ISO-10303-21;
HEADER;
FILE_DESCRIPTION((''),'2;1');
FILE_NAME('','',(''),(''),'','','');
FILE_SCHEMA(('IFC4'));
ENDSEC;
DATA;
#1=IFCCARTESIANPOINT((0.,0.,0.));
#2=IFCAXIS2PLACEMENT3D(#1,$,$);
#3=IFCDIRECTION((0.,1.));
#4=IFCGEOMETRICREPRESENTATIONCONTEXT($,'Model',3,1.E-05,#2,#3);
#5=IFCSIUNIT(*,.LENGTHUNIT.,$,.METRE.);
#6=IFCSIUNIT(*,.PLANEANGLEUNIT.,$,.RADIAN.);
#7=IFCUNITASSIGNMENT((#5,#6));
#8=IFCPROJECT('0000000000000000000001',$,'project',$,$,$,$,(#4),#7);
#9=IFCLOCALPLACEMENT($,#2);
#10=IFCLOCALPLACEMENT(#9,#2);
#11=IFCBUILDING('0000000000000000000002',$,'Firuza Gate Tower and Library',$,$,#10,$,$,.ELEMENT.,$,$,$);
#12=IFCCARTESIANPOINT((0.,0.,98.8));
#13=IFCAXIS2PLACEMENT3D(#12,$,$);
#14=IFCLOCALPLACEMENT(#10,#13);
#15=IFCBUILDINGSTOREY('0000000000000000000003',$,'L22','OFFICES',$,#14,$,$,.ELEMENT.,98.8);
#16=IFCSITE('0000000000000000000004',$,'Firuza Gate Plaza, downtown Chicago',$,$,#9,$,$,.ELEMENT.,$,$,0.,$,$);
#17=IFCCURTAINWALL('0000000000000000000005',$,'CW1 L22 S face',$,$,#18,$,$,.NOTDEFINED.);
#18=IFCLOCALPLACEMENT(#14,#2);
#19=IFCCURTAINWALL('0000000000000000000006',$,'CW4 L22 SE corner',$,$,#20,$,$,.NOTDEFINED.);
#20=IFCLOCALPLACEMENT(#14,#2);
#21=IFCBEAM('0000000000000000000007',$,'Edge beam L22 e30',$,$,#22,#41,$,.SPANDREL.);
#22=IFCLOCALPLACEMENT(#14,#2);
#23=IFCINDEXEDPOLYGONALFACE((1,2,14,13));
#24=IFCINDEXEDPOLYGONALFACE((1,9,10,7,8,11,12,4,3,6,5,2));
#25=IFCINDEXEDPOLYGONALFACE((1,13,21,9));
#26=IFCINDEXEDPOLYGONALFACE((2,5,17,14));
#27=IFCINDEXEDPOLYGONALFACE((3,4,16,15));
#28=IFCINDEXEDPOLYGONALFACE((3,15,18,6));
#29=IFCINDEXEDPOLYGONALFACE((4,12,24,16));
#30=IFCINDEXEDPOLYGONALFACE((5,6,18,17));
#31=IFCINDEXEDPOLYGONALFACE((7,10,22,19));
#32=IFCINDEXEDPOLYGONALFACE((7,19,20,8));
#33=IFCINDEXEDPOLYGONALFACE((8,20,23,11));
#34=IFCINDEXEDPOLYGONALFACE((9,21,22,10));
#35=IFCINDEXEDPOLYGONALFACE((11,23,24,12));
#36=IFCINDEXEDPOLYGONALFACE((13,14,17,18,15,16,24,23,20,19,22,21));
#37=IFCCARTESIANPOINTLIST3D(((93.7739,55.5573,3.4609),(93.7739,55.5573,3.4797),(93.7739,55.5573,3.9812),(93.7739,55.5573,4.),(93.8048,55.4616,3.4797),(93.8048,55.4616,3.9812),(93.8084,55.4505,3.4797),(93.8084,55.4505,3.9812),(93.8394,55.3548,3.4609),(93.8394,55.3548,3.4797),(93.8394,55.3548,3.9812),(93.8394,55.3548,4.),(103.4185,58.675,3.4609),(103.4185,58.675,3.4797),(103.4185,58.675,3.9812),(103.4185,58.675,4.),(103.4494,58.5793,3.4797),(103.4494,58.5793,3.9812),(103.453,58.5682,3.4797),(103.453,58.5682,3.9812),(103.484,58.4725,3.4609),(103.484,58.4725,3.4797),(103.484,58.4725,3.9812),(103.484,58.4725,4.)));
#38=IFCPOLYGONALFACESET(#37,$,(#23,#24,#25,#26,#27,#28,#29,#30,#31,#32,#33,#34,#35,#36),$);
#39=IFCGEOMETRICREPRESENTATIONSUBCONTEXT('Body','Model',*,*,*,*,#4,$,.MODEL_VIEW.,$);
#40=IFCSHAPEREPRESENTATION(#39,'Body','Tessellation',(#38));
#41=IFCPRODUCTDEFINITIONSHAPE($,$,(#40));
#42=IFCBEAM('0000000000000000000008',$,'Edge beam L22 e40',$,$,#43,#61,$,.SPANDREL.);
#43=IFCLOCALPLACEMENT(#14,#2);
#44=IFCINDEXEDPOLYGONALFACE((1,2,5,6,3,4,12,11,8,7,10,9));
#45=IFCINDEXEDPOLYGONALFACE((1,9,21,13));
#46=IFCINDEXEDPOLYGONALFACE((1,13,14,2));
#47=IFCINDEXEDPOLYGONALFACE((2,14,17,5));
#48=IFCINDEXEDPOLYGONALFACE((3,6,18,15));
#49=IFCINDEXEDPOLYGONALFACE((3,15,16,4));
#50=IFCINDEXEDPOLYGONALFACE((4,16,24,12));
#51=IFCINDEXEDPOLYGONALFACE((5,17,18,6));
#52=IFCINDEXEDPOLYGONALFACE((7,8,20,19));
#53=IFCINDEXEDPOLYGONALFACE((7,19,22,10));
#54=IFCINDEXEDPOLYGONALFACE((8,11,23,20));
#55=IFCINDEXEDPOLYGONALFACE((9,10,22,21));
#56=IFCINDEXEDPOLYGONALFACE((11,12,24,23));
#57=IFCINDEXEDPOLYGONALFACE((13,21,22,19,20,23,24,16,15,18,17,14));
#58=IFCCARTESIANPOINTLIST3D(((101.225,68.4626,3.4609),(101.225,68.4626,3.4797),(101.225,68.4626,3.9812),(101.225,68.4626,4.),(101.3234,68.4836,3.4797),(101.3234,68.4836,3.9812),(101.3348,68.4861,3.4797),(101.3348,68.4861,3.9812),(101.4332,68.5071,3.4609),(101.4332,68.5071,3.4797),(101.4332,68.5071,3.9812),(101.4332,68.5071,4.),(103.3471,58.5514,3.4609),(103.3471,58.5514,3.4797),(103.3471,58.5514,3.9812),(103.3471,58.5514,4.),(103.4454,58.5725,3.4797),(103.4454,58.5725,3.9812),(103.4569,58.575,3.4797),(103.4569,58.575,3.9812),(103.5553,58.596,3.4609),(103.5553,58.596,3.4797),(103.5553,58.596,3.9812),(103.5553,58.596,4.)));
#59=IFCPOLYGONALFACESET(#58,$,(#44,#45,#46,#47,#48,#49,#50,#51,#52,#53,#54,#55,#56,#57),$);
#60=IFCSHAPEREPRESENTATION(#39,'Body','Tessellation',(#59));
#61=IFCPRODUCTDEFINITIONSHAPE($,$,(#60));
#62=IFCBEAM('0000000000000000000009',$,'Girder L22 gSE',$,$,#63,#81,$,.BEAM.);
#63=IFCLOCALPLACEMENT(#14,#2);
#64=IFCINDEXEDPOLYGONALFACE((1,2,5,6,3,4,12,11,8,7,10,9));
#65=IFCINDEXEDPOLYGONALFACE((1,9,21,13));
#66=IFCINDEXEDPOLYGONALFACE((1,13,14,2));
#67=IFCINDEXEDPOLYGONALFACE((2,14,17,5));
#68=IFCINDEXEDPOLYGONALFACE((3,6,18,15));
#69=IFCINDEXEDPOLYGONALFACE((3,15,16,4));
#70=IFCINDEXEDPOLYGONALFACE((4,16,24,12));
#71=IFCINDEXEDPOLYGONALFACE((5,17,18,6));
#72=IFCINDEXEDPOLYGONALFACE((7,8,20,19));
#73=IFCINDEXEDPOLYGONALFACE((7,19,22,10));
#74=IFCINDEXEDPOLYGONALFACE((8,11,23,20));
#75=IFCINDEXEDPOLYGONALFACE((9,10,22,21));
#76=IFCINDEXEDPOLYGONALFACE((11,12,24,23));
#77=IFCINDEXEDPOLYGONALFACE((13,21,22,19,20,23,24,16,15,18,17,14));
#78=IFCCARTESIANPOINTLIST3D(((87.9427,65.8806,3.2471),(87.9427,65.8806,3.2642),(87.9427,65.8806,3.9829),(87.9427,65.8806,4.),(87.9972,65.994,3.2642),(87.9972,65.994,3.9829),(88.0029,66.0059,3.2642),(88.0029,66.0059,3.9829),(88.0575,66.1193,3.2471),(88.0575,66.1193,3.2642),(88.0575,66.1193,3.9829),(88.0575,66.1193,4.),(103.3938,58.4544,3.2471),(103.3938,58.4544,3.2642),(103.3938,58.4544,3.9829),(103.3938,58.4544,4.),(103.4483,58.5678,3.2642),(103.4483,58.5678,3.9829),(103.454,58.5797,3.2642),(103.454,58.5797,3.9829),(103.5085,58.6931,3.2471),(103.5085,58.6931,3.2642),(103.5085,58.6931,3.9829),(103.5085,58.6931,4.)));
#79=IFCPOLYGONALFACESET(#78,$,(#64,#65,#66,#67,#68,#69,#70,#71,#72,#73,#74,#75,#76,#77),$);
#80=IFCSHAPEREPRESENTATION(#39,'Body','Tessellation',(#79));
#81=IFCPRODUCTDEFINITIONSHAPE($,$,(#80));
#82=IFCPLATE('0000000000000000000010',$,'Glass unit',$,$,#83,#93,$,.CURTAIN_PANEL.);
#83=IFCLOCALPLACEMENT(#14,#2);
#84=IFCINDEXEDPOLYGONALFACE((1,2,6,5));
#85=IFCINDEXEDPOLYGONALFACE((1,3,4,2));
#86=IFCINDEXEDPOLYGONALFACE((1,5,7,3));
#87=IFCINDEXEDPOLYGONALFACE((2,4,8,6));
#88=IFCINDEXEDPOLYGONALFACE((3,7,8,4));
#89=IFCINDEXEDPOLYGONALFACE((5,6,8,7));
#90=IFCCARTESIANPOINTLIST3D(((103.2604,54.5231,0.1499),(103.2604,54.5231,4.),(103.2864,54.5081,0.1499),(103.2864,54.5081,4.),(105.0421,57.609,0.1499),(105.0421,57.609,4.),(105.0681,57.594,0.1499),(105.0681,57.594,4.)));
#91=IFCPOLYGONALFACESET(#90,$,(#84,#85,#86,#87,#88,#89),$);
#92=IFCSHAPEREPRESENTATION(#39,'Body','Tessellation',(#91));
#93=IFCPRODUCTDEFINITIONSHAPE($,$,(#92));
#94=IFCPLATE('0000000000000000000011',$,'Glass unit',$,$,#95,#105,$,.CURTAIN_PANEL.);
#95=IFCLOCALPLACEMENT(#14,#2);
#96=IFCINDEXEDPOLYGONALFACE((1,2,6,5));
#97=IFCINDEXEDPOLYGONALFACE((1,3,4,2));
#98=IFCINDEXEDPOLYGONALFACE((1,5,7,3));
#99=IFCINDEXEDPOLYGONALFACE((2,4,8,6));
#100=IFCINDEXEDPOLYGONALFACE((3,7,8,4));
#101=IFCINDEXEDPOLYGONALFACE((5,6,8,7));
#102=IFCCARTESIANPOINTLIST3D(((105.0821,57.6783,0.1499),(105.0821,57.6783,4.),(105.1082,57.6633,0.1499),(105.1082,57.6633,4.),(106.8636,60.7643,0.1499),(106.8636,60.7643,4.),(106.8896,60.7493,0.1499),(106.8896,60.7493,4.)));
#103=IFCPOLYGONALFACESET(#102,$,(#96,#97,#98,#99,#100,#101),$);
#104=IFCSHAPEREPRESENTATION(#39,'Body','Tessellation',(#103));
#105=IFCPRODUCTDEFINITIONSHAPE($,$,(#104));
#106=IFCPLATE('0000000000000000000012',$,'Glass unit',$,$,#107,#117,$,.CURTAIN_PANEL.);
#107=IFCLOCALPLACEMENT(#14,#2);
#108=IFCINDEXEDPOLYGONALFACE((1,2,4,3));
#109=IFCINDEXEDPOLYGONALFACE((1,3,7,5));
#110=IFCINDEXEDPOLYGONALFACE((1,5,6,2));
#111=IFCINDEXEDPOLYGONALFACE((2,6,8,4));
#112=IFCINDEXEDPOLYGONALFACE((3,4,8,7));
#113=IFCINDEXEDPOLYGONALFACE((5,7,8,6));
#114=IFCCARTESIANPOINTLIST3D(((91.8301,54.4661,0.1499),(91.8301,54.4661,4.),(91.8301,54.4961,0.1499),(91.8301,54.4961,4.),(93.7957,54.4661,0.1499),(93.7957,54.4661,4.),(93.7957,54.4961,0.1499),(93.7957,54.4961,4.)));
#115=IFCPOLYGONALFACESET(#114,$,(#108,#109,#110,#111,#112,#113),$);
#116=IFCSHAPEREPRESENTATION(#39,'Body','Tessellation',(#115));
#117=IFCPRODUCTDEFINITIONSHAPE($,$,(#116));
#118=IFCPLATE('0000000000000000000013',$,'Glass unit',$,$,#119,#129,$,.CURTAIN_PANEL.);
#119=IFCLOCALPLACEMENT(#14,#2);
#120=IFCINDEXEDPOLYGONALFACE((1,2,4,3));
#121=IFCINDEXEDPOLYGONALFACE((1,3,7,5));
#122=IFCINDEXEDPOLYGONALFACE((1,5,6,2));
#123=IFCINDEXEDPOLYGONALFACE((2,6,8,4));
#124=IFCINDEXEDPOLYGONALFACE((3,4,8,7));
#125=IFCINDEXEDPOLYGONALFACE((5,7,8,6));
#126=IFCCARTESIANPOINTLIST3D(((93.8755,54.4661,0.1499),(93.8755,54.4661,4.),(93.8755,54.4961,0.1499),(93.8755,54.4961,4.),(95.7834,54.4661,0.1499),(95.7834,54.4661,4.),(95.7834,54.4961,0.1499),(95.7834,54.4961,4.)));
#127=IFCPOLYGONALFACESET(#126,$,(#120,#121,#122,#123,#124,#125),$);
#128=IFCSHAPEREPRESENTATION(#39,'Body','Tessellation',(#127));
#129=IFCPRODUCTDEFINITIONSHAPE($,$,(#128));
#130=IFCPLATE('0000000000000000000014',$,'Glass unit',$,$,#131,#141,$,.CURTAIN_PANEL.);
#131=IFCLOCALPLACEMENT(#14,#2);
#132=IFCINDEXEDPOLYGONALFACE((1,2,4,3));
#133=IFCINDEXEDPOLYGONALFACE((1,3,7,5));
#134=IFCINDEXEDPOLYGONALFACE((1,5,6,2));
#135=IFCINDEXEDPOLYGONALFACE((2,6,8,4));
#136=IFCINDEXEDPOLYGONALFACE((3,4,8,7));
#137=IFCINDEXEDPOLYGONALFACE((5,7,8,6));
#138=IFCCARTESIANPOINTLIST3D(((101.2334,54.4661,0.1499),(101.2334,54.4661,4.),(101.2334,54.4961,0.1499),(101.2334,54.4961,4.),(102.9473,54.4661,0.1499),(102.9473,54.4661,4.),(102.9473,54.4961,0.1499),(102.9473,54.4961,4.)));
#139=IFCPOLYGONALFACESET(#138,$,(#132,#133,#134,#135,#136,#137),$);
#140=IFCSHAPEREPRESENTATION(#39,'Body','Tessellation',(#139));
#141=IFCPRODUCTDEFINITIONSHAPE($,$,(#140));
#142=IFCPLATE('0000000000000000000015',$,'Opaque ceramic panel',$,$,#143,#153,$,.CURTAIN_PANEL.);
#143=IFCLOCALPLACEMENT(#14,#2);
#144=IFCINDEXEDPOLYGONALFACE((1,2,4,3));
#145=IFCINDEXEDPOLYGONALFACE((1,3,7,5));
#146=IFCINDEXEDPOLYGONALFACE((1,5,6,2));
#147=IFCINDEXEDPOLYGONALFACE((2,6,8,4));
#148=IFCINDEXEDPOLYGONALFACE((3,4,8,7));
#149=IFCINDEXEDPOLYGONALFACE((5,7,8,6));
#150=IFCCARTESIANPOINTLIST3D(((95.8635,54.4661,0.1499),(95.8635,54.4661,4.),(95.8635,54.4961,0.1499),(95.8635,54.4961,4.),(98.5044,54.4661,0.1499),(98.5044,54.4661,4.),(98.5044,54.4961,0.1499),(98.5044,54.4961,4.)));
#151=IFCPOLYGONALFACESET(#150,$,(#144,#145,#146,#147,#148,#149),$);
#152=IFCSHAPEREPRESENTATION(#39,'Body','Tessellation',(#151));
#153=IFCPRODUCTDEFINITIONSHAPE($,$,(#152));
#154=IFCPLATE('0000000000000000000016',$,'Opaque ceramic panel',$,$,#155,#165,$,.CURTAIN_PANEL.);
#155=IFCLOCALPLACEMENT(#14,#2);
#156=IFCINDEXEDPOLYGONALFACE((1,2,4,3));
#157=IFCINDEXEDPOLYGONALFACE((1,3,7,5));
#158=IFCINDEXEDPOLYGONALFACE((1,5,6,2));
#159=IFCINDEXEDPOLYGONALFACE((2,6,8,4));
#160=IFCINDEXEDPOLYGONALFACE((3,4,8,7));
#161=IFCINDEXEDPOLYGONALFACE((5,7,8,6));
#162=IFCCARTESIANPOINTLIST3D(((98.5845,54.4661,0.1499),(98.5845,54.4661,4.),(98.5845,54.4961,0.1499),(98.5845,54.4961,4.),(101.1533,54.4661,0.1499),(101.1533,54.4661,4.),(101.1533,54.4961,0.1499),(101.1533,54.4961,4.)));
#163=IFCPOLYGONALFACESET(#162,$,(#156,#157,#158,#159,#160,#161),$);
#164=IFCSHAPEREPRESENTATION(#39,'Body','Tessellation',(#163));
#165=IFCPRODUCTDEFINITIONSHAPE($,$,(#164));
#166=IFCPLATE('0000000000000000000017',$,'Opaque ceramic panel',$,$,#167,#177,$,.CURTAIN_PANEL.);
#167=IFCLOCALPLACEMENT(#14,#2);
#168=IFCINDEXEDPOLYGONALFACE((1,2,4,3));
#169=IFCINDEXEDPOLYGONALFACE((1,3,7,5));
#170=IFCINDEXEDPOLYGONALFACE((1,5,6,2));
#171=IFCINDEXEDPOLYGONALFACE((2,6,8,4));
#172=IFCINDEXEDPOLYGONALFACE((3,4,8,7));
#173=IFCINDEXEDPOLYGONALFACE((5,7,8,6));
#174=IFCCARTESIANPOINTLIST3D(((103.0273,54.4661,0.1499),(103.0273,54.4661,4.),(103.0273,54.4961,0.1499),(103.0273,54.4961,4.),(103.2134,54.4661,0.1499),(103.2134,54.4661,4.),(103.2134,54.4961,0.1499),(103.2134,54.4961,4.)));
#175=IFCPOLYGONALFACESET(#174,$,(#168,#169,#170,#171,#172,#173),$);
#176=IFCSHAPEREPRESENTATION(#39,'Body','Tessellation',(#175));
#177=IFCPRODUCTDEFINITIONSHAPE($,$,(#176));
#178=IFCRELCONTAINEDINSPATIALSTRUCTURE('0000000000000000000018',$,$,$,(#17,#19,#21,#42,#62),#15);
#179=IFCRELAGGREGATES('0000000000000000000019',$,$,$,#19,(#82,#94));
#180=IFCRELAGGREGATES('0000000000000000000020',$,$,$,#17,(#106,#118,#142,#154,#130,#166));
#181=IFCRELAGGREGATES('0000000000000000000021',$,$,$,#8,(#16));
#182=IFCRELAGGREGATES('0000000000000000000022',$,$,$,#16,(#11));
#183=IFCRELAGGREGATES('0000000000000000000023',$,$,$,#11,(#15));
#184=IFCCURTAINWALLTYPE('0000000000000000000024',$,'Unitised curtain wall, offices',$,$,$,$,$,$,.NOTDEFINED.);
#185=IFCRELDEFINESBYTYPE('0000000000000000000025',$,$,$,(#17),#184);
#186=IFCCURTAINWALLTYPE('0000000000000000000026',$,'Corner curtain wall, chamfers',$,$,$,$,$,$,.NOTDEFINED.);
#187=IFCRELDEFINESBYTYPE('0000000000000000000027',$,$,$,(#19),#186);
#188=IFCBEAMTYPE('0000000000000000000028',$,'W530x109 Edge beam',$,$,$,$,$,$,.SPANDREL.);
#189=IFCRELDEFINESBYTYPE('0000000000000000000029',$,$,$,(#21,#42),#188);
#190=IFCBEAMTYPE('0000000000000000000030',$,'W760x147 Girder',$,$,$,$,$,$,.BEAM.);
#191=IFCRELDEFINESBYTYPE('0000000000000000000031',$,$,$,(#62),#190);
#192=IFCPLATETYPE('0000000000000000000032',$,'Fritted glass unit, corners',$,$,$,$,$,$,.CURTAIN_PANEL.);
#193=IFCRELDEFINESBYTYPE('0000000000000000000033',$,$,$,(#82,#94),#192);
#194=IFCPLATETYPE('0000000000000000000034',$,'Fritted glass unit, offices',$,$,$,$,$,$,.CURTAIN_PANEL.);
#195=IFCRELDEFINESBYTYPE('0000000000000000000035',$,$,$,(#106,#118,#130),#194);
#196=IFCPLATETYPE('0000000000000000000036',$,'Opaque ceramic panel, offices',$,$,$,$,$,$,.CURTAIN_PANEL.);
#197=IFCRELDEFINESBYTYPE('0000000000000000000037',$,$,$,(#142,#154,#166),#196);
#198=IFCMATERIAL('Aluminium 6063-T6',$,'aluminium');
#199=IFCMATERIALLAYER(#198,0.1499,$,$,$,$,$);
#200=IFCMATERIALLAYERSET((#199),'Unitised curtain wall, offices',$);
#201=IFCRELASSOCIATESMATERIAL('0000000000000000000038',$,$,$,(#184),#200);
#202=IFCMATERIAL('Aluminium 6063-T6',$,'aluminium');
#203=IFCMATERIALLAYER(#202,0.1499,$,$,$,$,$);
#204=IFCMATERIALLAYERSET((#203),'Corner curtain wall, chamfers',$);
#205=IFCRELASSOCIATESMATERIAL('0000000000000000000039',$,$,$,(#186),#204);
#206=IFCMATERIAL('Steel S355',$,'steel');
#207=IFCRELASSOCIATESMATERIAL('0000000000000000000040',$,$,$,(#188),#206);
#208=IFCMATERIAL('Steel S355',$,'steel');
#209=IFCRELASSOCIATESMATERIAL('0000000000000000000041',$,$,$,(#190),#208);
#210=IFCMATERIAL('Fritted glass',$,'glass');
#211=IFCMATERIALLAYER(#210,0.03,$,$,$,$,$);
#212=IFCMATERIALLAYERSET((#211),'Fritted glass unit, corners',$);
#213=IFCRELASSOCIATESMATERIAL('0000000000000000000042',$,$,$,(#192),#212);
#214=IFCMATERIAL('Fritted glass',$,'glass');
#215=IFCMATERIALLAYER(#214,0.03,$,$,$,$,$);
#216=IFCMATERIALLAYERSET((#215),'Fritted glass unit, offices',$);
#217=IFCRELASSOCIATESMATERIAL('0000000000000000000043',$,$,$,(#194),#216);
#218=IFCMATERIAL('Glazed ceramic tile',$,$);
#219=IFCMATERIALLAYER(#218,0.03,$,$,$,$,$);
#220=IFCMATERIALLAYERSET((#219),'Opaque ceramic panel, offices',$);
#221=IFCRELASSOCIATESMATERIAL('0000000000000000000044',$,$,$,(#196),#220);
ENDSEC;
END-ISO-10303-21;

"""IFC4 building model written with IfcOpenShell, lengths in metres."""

from ifc_helpers import new_model, si_unit, direction, frame, origin, origin_2d, place, context, subcontext, project, spatial, polyline, i_section, outline, extrude, material, layer, layer_set, material_profile, profile_set, type_object, element, aggregate, save


model = new_model("IFC4")

# Units and contexts
model_context = context("Model", 3, precision=1e-05, world=origin(), true_north=direction((0.0, 1.0)))
body_context = subcontext(model_context, "Body", "Model", "MODEL_VIEW")
ifc_project = project(units=[si_unit("LENGTHUNIT", "METRE"), si_unit("PLANEANGLEUNIT", "RADIAN")], contexts=[model_context])

# Site, building, storey
site_placement = place(None, origin())
site = spatial("IfcSite", under=ifc_project, at=site_placement, Name="Firuza Gate Plaza, downtown Chicago", CompositionType="ELEMENT", RefElevation=0.0)
building_placement = place(site_placement, origin())
building = spatial("IfcBuilding", under=site, at=building_placement, Name="Firuza Gate Tower and Library", CompositionType="ELEMENT")
storey_placement = place(building_placement, frame((0.0, 0.0, 98.8)))
storey = spatial("IfcBuildingStorey", under=building, at=storey_placement, Name="L22", Description="OFFICES", CompositionType="ELEMENT", Elevation=98.8)

# Curtain walls
ifc_material_1 = material(Name="Aluminium 6063-T6", Category="aluminium")
ifc_layer_1 = layer(ifc_material_1, 0.1499)
ifc_layer_set_1 = layer_set([ifc_layer_1], Name="Unitised curtain wall, offices")
curtain_wall_type_1 = type_object("IfcCurtainWallType", Name="Unitised curtain wall, offices", PredefinedType="NOTDEFINED", material=ifc_layer_set_1)
placement = place(storey_placement, origin())
curtain_wall_1 = element("IfcCurtainWall", 1, at=placement, inside=storey, type_object=curtain_wall_type_1, Name="CW1 L22 S face", PredefinedType="NOTDEFINED")
ifc_material_2 = material(Name="Aluminium 6063-T6", Category="aluminium")
ifc_layer_2 = layer(ifc_material_2, 0.1499)
ifc_layer_set_2 = layer_set([ifc_layer_2], Name="Corner curtain wall, chamfers")
curtain_wall_type_2 = type_object("IfcCurtainWallType", Name="Corner curtain wall, chamfers", PredefinedType="NOTDEFINED", material=ifc_layer_set_2)
curtain_wall_2 = element("IfcCurtainWall", 2, at=placement, inside=storey, type_object=curtain_wall_type_2, Name="CW4 L22 SE corner", PredefinedType="NOTDEFINED")

# Beams
ifc_material_3 = material(Name="Steel S355", Category="steel")
ifc_material_profile_1 = material_profile(ifc_material_3, i_section(OverallWidth=0.2129, OverallDepth=0.5391, WebThickness=0.0117, FlangeThickness=0.0188, at=origin_2d()))
ifc_profile_set_1 = profile_set([ifc_material_profile_1], Name="Steel S355")
beam_type_1 = type_object("IfcBeamType", Name="W530x109 Edge beam", PredefinedType="SPANDREL", material=ifc_profile_set_1)
beam_1_placement = place(storey_placement, frame((93.8066, 55.4561, 3.7305), z_axis=(0.95152, 0.307587, 0.0), x_axis=(-0.307587, 0.95152, 0.0)))
element("IfcBeam", 3, at=beam_1_placement, inside=storey, type_object=beam_type_1, Name="Edge beam L22 e30", PredefinedType="SPANDREL", context=body_context, shape_type="SweptSolid", body=[
    extrude(i_section(OverallWidth=0.2129, OverallDepth=0.5391, WebThickness=0.0117, FlangeThickness=0.0188, at=origin_2d()), origin(), (0.0, 0.0, 1.0), 10.136),
])
beam_2_placement = place(storey_placement, frame((103.4512, 58.5737, 3.7305), z_axis=(-0.209365, 0.977838, 0.0), x_axis=(-0.977838, -0.209365, 0.0)))
element("IfcBeam", 4, at=beam_2_placement, inside=storey, type_object=beam_type_1, Name="Edge beam L22 e40", PredefinedType="SPANDREL", context=body_context, shape_type="SweptSolid", body=[
    extrude(i_section(OverallWidth=0.2129, OverallDepth=0.5391, WebThickness=0.0117, FlangeThickness=0.0188, at=origin_2d()), origin(), (0.0, 0.0, 1.0), 10.1357),
])
ifc_material_4 = material(Name="Steel S355", Category="steel")
ifc_material_profile_2 = material_profile(ifc_material_4, i_section(OverallWidth=0.2649, OverallDepth=0.7529, WebThickness=0.0132, FlangeThickness=0.0171, at=origin_2d()))
ifc_profile_set_2 = profile_set([ifc_material_profile_2], Name="Steel S355")
beam_type_2 = type_object("IfcBeamType", Name="W760x147 Girder", PredefinedType="BEAM", material=ifc_profile_set_2)
beam_3_placement = place(storey_placement, frame((103.4512, 58.5737, 3.6235), z_axis=(-0.901302, 0.433191, 0.0), x_axis=(-0.433191, -0.901302, 0.0)))
element("IfcBeam", 5, at=beam_3_placement, inside=storey, type_object=beam_type_2, Name="Girder L22 gSE", PredefinedType="BEAM", context=body_context, shape_type="SweptSolid", body=[
    extrude(i_section(OverallWidth=0.2649, OverallDepth=0.7529, WebThickness=0.0132, FlangeThickness=0.0171, at=origin_2d()), origin(), (0.0, 0.0, 1.0), 17.1431),
])

# Plates
ifc_material_5 = material(Name="Fritted glass", Category="glass")
ifc_layer_3 = layer(ifc_material_5, 0.03)
ifc_layer_set_3 = layer_set([ifc_layer_3], Name="Fritted glass unit, corners")
plate_type_1 = type_object("IfcPlateType", Name="Fritted glass unit, corners", PredefinedType="CURTAIN_PANEL", material=ifc_layer_set_3)
plate_1_placement = place(storey_placement, frame((103.2864, 54.5081, 0.1499), z_axis=(0.866017, -0.500015, 0.0), x_axis=(0.500015, 0.866017, 0.0)))
plate_1 = element("IfcPlate", 6, at=plate_1_placement, type_object=plate_type_1, Name="Glass unit", PredefinedType="CURTAIN_PANEL", context=body_context, shape_type="SweptSolid", body=[
    extrude(outline(polyline([(0.0, 0.0), (3.5634, 0.0), (3.5634, 3.8501), (0.0, 3.8501), (0.0, 0.0)])), origin(), (0.0, 0.0, -1.0), 0.03),
])
plate_2_placement = place(storey_placement, frame((105.1082, 57.6633, 0.1499), z_axis=(0.866046, -0.499964, 0.0), x_axis=(0.499964, 0.866046, 0.0)))
plate_2 = element("IfcPlate", 7, at=plate_2_placement, type_object=plate_type_1, Name="Glass unit", PredefinedType="CURTAIN_PANEL", context=body_context, shape_type="SweptSolid", body=[
    extrude(outline(polyline([(0.0, 0.0), (3.5632, 0.0), (3.5632, 3.8501), (0.0, 3.8501), (0.0, 0.0)])), origin(), (0.0, 0.0, -1.0), 0.03),
])
aggregate(curtain_wall_2, [plate_1, plate_2])
ifc_material_6 = material(Name="Fritted glass", Category="glass")
ifc_layer_4 = layer(ifc_material_6, 0.03)
ifc_layer_set_4 = layer_set([ifc_layer_4], Name="Fritted glass unit, offices")
plate_type_2 = type_object("IfcPlateType", Name="Fritted glass unit, offices", PredefinedType="CURTAIN_PANEL", material=ifc_layer_set_4)
plate_3_placement = place(storey_placement, frame((91.8301, 54.4661, 0.1499), z_axis=(0.0, -1.0, 0.0), x_axis=(1.0, 0.0, 0.0)))
plate_3 = element("IfcPlate", 8, at=plate_3_placement, type_object=plate_type_2, Name="Glass unit", PredefinedType="CURTAIN_PANEL", context=body_context, shape_type="SweptSolid", body=[
    extrude(outline(polyline([(0.0, 0.0), (1.9656, 0.0), (1.9656, 3.8501), (0.0, 3.8501), (0.0, 0.0)])), origin(), (0.0, 0.0, -1.0), 0.03),
])
plate_4_placement = place(storey_placement, frame((93.8755, 54.4661, 0.1499), z_axis=(0.0, -1.0, 0.0), x_axis=(1.0, 0.0, 0.0)))
plate_4 = element("IfcPlate", 9, at=plate_4_placement, type_object=plate_type_2, Name="Glass unit", PredefinedType="CURTAIN_PANEL", context=body_context, shape_type="SweptSolid", body=[
    extrude(outline(polyline([(0.0, 0.0), (1.908, 0.0), (1.908, 3.8501), (0.0, 3.8501), (0.0, 0.0)])), origin(), (0.0, 0.0, -1.0), 0.03),
])
plate_5_placement = place(storey_placement, frame((101.2334, 54.4661, 0.1499), z_axis=(0.0, -1.0, 0.0), x_axis=(1.0, 0.0, 0.0)))
plate_5 = element("IfcPlate", 10, at=plate_5_placement, type_object=plate_type_2, Name="Glass unit", PredefinedType="CURTAIN_PANEL", context=body_context, shape_type="SweptSolid", body=[
    extrude(outline(polyline([(0.0, 0.0), (1.7139, 0.0), (1.7139, 3.8501), (0.0, 3.8501), (0.0, 0.0)])), origin(), (0.0, 0.0, -1.0), 0.03),
])
ifc_material_7 = material(Name="Glazed ceramic tile")
ifc_layer_5 = layer(ifc_material_7, 0.03)
ifc_layer_set_5 = layer_set([ifc_layer_5], Name="Opaque ceramic panel, offices")
plate_type_3 = type_object("IfcPlateType", Name="Opaque ceramic panel, offices", PredefinedType="CURTAIN_PANEL", material=ifc_layer_set_5)
plate_6_placement = place(storey_placement, frame((95.8635, 54.4661, 0.1499), z_axis=(0.0, -1.0, 0.0), x_axis=(1.0, 0.0, 0.0)))
plate_6 = element("IfcPlate", 11, at=plate_6_placement, type_object=plate_type_3, Name="Opaque ceramic panel", PredefinedType="CURTAIN_PANEL", context=body_context, shape_type="SweptSolid", body=[
    extrude(outline(polyline([(0.0, 0.0), (2.6409, 0.0), (2.6409, 3.8501), (0.0, 3.8501), (0.0, 0.0)])), origin(), (0.0, 0.0, -1.0), 0.03),
])
plate_7_placement = place(storey_placement, frame((98.5845, 54.4661, 0.1499), z_axis=(0.0, -1.0, 0.0), x_axis=(1.0, 0.0, 0.0)))
plate_7 = element("IfcPlate", 12, at=plate_7_placement, type_object=plate_type_3, Name="Opaque ceramic panel", PredefinedType="CURTAIN_PANEL", context=body_context, shape_type="SweptSolid", body=[
    extrude(outline(polyline([(0.0, 0.0), (2.5688, 0.0), (2.5688, 3.8501), (0.0, 3.8501), (0.0, 0.0)])), origin(), (0.0, 0.0, -1.0), 0.03),
])
plate_8_placement = place(storey_placement, frame((103.0273, 54.4661, 0.1499), z_axis=(0.0, -1.0, 0.0), x_axis=(1.0, 0.0, 0.0)))
plate_8 = element("IfcPlate", 13, at=plate_8_placement, type_object=plate_type_3, Name="Opaque ceramic panel", PredefinedType="CURTAIN_PANEL", context=body_context, shape_type="SweptSolid", body=[
    extrude(outline(polyline([(0.0, 0.0), (0.186, 0.0), (0.186, 3.8501), (0.0, 3.8501), (0.0, 0.0)])), origin(), (0.0, 0.0, -1.0), 0.03),
])
aggregate(curtain_wall_1, [plate_3, plate_4, plate_6, plate_7, plate_5, plate_8])

save(model, "model.ifc")
